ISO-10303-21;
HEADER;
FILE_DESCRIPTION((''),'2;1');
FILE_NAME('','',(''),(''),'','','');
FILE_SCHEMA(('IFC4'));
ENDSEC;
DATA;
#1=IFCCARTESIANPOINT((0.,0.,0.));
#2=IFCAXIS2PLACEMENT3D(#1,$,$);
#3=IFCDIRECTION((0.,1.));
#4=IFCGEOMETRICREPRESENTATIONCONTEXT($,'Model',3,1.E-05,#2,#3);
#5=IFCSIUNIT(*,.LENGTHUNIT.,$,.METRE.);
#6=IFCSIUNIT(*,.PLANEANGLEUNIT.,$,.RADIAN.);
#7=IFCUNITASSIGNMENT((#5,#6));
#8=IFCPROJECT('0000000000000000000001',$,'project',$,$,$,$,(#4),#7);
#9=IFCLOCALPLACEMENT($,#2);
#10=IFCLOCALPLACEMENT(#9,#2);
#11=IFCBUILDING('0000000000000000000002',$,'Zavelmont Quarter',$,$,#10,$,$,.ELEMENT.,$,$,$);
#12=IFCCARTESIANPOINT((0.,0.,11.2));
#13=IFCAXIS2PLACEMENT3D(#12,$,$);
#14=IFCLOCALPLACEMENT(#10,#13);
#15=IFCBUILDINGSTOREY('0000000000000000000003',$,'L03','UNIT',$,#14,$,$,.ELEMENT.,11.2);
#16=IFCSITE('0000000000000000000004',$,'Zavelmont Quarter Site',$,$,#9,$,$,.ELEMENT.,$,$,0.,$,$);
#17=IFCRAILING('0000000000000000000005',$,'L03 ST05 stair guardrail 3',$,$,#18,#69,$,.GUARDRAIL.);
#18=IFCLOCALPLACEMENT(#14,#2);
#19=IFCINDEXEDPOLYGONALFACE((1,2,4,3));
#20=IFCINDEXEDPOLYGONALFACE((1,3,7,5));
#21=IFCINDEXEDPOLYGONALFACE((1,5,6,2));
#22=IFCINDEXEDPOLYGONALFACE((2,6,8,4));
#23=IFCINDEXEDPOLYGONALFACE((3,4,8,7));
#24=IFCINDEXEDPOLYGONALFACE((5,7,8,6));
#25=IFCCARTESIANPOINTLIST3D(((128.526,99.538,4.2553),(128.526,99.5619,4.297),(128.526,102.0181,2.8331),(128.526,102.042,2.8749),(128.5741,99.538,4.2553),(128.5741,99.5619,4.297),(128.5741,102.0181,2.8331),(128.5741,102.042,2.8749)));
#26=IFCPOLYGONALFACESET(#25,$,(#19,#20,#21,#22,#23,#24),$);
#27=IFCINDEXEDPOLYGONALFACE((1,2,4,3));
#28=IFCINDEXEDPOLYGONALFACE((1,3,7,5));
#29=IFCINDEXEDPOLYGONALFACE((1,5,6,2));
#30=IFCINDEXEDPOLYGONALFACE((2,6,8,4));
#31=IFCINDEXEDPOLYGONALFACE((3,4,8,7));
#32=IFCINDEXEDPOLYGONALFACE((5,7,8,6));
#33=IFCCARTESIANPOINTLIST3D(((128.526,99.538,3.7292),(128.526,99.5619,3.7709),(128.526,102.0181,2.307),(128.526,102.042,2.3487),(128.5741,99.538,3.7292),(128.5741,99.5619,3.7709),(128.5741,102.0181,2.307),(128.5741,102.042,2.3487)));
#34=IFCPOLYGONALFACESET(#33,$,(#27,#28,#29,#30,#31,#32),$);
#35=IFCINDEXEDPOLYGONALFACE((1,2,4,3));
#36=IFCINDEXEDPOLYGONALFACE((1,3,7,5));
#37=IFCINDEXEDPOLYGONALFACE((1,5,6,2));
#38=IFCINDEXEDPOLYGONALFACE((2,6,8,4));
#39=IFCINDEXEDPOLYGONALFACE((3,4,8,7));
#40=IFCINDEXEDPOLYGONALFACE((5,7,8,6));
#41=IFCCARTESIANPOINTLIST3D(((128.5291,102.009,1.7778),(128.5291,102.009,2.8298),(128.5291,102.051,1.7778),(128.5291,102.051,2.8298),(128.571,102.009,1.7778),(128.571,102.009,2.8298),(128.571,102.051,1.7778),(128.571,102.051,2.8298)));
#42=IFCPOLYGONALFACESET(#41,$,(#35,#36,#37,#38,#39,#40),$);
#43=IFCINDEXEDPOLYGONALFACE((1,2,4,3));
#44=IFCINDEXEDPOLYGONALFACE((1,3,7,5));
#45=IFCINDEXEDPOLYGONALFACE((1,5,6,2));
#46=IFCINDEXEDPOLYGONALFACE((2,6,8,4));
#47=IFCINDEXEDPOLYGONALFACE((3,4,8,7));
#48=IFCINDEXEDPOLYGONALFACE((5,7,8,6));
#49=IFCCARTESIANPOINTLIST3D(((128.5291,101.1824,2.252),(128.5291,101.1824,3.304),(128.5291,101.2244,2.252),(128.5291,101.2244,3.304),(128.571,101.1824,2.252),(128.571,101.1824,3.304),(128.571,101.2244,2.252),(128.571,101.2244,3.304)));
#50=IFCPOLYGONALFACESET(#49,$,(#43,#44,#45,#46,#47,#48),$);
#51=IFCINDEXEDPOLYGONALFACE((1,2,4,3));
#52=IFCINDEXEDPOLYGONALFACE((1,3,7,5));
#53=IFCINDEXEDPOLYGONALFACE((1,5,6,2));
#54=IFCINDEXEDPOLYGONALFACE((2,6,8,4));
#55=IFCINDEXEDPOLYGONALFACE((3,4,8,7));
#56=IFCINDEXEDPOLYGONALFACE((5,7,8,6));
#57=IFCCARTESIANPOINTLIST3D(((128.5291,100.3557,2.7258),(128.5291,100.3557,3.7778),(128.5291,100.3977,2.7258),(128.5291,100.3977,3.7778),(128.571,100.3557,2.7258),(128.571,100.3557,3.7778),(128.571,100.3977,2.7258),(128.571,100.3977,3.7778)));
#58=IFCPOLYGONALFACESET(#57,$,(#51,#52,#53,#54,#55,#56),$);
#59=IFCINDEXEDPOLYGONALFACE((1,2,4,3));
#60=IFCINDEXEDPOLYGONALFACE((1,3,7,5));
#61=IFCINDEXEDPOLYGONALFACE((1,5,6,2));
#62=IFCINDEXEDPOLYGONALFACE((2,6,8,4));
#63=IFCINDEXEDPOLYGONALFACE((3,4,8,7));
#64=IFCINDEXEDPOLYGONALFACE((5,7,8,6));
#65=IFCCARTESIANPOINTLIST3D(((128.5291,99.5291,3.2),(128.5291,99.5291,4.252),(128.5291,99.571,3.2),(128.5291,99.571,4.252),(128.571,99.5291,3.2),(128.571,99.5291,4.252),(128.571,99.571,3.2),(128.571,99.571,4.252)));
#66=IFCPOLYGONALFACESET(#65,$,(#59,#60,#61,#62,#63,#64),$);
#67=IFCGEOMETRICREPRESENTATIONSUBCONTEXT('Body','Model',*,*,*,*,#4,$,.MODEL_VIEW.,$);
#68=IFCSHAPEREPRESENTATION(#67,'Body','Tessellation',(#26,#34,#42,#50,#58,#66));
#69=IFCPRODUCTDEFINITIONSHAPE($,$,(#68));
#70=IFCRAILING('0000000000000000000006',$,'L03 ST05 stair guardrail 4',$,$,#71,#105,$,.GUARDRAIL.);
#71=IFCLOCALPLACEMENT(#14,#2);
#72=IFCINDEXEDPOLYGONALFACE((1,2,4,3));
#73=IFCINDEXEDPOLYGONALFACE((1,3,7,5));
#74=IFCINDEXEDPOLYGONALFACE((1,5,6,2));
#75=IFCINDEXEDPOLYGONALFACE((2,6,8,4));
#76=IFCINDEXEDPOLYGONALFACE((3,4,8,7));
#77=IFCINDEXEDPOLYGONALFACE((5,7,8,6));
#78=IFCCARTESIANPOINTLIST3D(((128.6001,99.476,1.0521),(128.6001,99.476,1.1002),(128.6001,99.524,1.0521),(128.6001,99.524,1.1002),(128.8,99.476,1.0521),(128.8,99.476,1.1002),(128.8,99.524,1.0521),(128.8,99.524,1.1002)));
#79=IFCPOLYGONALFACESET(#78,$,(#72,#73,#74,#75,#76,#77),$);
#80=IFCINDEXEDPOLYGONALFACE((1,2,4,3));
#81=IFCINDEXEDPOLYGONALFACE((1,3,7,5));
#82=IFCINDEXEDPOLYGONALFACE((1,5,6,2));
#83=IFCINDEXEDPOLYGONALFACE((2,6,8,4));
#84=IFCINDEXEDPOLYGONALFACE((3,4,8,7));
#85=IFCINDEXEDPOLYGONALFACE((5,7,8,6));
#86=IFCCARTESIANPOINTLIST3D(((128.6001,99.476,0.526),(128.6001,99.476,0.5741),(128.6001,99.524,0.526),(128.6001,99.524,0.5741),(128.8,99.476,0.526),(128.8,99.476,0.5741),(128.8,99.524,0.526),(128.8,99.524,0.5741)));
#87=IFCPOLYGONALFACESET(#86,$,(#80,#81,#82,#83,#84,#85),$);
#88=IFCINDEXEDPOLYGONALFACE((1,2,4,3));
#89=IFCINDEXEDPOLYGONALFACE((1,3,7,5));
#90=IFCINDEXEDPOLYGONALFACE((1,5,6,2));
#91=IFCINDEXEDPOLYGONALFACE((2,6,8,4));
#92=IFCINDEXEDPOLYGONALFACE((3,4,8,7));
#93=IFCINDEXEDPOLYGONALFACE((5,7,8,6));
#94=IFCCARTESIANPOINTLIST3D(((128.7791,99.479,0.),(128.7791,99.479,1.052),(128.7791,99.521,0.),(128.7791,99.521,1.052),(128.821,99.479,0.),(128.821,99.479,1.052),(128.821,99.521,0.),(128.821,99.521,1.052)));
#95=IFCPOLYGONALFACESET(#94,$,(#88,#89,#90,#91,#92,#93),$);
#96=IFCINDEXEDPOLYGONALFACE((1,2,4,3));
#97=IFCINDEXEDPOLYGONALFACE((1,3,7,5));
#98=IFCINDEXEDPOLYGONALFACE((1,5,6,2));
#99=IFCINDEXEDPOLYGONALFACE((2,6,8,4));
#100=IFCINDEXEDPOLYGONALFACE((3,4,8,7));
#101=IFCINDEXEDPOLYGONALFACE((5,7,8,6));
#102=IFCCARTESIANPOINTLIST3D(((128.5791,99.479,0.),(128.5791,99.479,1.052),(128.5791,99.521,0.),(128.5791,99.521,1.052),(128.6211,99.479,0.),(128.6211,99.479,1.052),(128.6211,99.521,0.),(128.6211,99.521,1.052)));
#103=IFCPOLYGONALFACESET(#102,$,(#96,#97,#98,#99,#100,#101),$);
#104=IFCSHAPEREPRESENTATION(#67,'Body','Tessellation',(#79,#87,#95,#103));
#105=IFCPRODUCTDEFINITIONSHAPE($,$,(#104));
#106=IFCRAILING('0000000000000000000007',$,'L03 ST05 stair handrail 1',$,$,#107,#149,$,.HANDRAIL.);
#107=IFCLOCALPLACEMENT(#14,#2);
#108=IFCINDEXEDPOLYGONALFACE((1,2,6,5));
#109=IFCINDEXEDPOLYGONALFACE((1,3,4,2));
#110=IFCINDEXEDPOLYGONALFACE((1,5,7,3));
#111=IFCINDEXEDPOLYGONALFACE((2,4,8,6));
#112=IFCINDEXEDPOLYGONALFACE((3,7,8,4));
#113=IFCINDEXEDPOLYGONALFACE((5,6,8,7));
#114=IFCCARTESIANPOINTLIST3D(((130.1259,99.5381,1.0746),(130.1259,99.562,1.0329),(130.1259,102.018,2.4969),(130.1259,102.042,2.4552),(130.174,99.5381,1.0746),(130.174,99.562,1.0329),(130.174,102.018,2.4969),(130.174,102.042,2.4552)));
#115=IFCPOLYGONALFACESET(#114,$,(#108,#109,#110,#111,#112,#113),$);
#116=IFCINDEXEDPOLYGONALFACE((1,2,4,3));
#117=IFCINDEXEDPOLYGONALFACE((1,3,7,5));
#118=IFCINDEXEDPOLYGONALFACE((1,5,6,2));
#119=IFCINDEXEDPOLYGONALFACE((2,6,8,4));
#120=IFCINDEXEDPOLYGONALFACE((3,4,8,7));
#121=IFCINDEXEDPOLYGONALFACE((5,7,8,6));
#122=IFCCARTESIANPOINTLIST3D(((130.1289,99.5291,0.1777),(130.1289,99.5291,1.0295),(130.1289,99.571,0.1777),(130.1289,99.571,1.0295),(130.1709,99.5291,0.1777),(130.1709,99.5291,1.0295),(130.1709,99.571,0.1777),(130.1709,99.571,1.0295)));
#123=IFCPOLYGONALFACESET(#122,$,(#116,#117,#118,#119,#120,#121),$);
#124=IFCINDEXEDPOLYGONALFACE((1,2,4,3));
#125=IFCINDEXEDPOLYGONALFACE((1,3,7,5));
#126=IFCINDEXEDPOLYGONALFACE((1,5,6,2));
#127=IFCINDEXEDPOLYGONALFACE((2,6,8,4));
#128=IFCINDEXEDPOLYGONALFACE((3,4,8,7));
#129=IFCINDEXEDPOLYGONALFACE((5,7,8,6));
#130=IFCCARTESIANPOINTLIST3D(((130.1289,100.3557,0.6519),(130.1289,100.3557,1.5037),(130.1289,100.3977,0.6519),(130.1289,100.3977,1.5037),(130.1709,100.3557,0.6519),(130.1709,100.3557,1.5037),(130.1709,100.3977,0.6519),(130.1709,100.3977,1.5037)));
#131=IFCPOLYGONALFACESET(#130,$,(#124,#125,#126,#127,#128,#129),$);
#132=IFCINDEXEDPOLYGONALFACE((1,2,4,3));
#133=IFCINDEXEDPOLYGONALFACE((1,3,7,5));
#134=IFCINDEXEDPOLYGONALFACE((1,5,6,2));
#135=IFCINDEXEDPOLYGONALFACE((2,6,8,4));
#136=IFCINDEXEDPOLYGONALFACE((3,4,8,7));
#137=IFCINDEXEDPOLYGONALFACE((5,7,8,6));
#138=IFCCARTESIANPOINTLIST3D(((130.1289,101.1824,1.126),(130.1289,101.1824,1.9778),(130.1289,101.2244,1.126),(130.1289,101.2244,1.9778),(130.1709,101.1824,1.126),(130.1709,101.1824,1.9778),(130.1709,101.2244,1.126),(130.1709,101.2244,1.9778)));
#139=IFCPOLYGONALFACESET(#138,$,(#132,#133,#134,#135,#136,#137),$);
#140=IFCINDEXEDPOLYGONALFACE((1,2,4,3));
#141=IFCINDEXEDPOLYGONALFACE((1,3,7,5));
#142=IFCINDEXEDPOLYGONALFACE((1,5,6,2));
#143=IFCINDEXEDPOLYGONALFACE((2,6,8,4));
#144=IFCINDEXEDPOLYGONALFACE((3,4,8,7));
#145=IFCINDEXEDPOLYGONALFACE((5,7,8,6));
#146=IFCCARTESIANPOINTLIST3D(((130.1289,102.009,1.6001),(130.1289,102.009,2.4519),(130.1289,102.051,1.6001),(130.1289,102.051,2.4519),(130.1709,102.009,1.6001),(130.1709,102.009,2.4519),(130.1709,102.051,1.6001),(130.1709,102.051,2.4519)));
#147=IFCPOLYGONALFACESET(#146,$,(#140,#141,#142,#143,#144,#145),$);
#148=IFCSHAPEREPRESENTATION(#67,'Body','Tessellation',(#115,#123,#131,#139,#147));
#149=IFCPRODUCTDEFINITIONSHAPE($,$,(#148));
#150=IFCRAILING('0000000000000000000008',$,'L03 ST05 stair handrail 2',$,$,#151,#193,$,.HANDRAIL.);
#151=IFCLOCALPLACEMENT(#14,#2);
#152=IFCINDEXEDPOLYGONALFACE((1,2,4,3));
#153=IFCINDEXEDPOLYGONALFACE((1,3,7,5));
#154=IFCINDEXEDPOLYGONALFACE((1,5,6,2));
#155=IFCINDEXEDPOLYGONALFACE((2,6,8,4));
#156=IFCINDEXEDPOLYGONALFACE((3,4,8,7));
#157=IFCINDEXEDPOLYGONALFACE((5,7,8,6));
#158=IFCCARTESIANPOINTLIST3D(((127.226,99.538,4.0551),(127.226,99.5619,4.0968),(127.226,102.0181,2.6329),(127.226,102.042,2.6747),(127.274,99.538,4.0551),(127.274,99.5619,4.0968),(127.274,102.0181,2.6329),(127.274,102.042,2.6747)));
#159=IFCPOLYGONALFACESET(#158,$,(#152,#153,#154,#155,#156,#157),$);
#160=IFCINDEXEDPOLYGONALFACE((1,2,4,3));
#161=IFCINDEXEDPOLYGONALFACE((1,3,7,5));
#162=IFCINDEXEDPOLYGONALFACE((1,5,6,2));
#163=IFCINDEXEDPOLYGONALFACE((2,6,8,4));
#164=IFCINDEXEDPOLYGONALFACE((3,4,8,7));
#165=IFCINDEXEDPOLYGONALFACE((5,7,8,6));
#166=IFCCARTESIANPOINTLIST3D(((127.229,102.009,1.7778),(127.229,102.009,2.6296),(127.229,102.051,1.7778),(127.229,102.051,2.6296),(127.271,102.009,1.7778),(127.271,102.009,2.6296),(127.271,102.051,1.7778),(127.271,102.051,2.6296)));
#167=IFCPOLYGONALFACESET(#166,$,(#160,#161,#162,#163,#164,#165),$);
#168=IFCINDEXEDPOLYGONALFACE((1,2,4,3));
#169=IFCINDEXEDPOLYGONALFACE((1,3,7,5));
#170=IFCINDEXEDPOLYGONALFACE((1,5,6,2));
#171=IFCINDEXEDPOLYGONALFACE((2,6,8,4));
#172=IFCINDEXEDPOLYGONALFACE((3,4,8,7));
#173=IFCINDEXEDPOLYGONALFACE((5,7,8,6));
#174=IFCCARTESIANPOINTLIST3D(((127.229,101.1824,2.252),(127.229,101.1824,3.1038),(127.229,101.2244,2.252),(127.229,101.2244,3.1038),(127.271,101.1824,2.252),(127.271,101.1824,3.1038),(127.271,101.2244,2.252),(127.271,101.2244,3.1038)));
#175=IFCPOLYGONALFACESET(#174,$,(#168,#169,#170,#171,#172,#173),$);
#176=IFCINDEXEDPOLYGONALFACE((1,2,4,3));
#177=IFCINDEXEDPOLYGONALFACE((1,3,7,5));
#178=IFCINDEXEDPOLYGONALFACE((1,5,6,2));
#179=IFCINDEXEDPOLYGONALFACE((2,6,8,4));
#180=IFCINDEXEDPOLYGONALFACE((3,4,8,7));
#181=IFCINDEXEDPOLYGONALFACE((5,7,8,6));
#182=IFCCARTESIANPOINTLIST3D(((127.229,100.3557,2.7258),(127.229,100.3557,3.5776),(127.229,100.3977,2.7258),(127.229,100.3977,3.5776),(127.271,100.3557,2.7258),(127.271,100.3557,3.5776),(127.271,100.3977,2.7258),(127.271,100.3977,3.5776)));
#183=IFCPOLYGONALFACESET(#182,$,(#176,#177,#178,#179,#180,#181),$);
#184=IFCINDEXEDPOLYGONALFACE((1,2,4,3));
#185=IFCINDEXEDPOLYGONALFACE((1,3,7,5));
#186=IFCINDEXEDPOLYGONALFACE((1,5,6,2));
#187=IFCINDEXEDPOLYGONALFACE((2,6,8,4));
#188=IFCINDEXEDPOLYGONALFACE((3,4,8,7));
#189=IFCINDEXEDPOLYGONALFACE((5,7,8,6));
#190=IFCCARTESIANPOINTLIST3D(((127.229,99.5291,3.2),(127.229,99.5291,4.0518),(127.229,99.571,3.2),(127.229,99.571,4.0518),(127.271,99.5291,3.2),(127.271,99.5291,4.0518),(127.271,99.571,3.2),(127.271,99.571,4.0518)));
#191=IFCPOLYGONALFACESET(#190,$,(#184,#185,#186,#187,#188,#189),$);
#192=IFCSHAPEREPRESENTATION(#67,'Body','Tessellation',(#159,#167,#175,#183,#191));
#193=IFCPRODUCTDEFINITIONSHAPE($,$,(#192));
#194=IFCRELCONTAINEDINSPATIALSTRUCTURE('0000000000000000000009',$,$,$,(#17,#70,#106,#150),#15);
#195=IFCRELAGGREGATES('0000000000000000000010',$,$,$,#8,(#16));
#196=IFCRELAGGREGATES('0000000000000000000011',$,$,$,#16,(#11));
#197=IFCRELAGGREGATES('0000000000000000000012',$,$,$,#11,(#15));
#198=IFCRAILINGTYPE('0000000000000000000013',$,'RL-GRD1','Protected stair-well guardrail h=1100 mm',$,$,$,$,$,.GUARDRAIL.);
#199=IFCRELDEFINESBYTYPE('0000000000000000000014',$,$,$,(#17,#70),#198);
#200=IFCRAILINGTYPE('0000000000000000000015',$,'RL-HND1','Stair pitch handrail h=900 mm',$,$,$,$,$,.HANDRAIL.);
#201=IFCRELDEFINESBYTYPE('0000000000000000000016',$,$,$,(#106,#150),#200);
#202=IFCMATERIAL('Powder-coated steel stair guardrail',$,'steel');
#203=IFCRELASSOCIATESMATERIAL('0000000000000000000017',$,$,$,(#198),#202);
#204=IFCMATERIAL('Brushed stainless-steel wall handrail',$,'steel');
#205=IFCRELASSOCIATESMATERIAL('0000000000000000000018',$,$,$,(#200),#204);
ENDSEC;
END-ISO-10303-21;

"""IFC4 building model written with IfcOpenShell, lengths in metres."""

from ifc_helpers import new_model, si_unit, direction, frame, origin, origin_2d, place, context, subcontext, project, spatial, rectangle, extrude, material, type_object, element, save


model = new_model("IFC4")

# Units and contexts
model_context = context("Model", 3, precision=1e-05, world=origin(), true_north=direction((0.0, 1.0)))
body_context = subcontext(model_context, "Body", "Model", "MODEL_VIEW")
ifc_project = project(units=[si_unit("LENGTHUNIT", "METRE"), si_unit("PLANEANGLEUNIT", "RADIAN")], contexts=[model_context])

# Site, building, storey
site_placement = place(None, origin())
site = spatial("IfcSite", under=ifc_project, at=site_placement, Name="Zavelmont Quarter Site", CompositionType="ELEMENT", RefElevation=0.0)
building_placement = place(site_placement, origin())
building = spatial("IfcBuilding", under=site, at=building_placement, Name="Zavelmont Quarter", CompositionType="ELEMENT")
storey_placement = place(building_placement, frame((0.0, 0.0, 11.2)))
storey = spatial("IfcBuildingStorey", under=building, at=storey_placement, Name="L03", Description="UNIT", CompositionType="ELEMENT", Elevation=11.2)

# Railings
ifc_material_1 = material(Name="Powder-coated steel stair guardrail", Category="steel")
railing_type_1 = type_object("IfcRailingType", Name="RL-GRD1", Description="Protected stair-well guardrail h=1100 mm", PredefinedType="GUARDRAIL", material=ifc_material_1)
railing_1_placement = place(storey_placement, frame((128.55, 102.03, 1.7778)))
element("IfcRailing", 1, at=railing_1_placement, inside=storey, type_object=railing_type_1, Name="L03 ST05 stair guardrail 3", PredefinedType="GUARDRAIL", context=body_context, shape_type="SweptSolid", body=[
    extrude(rectangle(XDim=0.0481, YDim=0.0481, at=origin_2d()), frame((0.0, 0.0, 1.0762), z_axis=(0.0, -0.867491, 0.497454), x_axis=(1.0, 0.0, 0.0)), (0.0, 0.0, 1.0), 2.8589),
    extrude(rectangle(XDim=0.0481, YDim=0.0481, at=origin_2d()), frame((0.0, 0.0, 0.55), z_axis=(0.0, -0.867491, 0.497454), x_axis=(1.0, 0.0, 0.0)), (0.0, 0.0, 1.0), 2.8589),
    extrude(rectangle(XDim=0.042, YDim=0.042, at=origin_2d()), origin(), (0.0, 0.0, 1.0), 1.052),
    extrude(rectangle(XDim=0.042, YDim=0.042, at=origin_2d()), frame((0.0, -0.8267, 0.4741)), (0.0, 0.0, 1.0), 1.052),
    extrude(rectangle(XDim=0.042, YDim=0.042, at=origin_2d()), frame((0.0, -1.6533, 0.948)), (0.0, 0.0, 1.0), 1.052),
    extrude(rectangle(XDim=0.042, YDim=0.042, at=origin_2d()), frame((0.0, -2.48, 1.4221)), (0.0, 0.0, 1.0), 1.052),
])
railing_2_placement = place(storey_placement, frame((128.8, 99.5, 0.0)))
element("IfcRailing", 2, at=railing_2_placement, inside=storey, type_object=railing_type_1, Name="L03 ST05 stair guardrail 4", PredefinedType="GUARDRAIL", context=body_context, shape_type="SweptSolid", body=[
    extrude(rectangle(XDim=0.0481, YDim=0.0481, at=origin_2d()), frame((0.0, 0.0, 1.0762), z_axis=(-1.0, 0.0, 0.0), x_axis=(0.0, -1.0, 0.0)), (0.0, 0.0, 1.0), 0.2),
    extrude(rectangle(XDim=0.0481, YDim=0.0481, at=origin_2d()), frame((0.0, 0.0, 0.55), z_axis=(-1.0, 0.0, 0.0), x_axis=(0.0, -1.0, 0.0)), (0.0, 0.0, 1.0), 0.2),
    extrude(rectangle(XDim=0.042, YDim=0.042, at=origin_2d()), origin(), (0.0, 0.0, 1.0), 1.052),
    extrude(rectangle(XDim=0.042, YDim=0.042, at=origin_2d()), frame((-0.2, 0.0, 0.0)), (0.0, 0.0, 1.0), 1.052),
])
ifc_material_2 = material(Name="Brushed stainless-steel wall handrail", Category="steel")
railing_type_2 = type_object("IfcRailingType", Name="RL-HND1", Description="Stair pitch handrail h=900 mm", PredefinedType="HANDRAIL", material=ifc_material_2)
railing_3_placement = place(storey_placement, frame((130.1499, 99.55, 0.1777)))
element("IfcRailing", 3, at=railing_3_placement, inside=storey, type_object=railing_type_2, Name="L03 ST05 stair handrail 1", PredefinedType="HANDRAIL", context=body_context, shape_type="SweptSolid", body=[
    extrude(rectangle(XDim=0.0481, YDim=0.0481, at=origin_2d()), frame((0.0, 0.0, 0.876), z_axis=(0.0, 0.867454, 0.497518), x_axis=(-1.0, 0.0, 0.0)), (0.0, 0.0, 1.0), 2.8589),
    extrude(rectangle(XDim=0.042, YDim=0.042, at=origin_2d()), origin(), (0.0, 0.0, 1.0), 0.8518),
    extrude(rectangle(XDim=0.042, YDim=0.042, at=origin_2d()), frame((0.0, 0.8267, 0.4741)), (0.0, 0.0, 1.0), 0.8518),
    extrude(rectangle(XDim=0.042, YDim=0.042, at=origin_2d()), frame((0.0, 1.6533, 0.9482)), (0.0, 0.0, 1.0), 0.8518),
    extrude(rectangle(XDim=0.042, YDim=0.042, at=origin_2d()), frame((0.0, 2.48, 1.4224)), (0.0, 0.0, 1.0), 0.8518),
])
railing_4_placement = place(storey_placement, frame((127.25, 102.03, 1.7778)))
element("IfcRailing", 4, at=railing_4_placement, inside=storey, type_object=railing_type_2, Name="L03 ST05 stair handrail 2", PredefinedType="HANDRAIL", context=body_context, shape_type="SweptSolid", body=[
    extrude(rectangle(XDim=0.0481, YDim=0.0481, at=origin_2d()), frame((0.0, 0.0, 0.876), z_axis=(0.0, -0.867491, 0.497454), x_axis=(1.0, 0.0, 0.0)), (0.0, 0.0, 1.0), 2.8589),
    extrude(rectangle(XDim=0.042, YDim=0.042, at=origin_2d()), origin(), (0.0, 0.0, 1.0), 0.8518),
    extrude(rectangle(XDim=0.042, YDim=0.042, at=origin_2d()), frame((0.0, -0.8267, 0.4741)), (0.0, 0.0, 1.0), 0.8518),
    extrude(rectangle(XDim=0.042, YDim=0.042, at=origin_2d()), frame((0.0, -1.6533, 0.948)), (0.0, 0.0, 1.0), 0.8518),
    extrude(rectangle(XDim=0.042, YDim=0.042, at=origin_2d()), frame((0.0, -2.48, 1.4221)), (0.0, 0.0, 1.0), 0.8518),
])

save(model, "model.ifc")
